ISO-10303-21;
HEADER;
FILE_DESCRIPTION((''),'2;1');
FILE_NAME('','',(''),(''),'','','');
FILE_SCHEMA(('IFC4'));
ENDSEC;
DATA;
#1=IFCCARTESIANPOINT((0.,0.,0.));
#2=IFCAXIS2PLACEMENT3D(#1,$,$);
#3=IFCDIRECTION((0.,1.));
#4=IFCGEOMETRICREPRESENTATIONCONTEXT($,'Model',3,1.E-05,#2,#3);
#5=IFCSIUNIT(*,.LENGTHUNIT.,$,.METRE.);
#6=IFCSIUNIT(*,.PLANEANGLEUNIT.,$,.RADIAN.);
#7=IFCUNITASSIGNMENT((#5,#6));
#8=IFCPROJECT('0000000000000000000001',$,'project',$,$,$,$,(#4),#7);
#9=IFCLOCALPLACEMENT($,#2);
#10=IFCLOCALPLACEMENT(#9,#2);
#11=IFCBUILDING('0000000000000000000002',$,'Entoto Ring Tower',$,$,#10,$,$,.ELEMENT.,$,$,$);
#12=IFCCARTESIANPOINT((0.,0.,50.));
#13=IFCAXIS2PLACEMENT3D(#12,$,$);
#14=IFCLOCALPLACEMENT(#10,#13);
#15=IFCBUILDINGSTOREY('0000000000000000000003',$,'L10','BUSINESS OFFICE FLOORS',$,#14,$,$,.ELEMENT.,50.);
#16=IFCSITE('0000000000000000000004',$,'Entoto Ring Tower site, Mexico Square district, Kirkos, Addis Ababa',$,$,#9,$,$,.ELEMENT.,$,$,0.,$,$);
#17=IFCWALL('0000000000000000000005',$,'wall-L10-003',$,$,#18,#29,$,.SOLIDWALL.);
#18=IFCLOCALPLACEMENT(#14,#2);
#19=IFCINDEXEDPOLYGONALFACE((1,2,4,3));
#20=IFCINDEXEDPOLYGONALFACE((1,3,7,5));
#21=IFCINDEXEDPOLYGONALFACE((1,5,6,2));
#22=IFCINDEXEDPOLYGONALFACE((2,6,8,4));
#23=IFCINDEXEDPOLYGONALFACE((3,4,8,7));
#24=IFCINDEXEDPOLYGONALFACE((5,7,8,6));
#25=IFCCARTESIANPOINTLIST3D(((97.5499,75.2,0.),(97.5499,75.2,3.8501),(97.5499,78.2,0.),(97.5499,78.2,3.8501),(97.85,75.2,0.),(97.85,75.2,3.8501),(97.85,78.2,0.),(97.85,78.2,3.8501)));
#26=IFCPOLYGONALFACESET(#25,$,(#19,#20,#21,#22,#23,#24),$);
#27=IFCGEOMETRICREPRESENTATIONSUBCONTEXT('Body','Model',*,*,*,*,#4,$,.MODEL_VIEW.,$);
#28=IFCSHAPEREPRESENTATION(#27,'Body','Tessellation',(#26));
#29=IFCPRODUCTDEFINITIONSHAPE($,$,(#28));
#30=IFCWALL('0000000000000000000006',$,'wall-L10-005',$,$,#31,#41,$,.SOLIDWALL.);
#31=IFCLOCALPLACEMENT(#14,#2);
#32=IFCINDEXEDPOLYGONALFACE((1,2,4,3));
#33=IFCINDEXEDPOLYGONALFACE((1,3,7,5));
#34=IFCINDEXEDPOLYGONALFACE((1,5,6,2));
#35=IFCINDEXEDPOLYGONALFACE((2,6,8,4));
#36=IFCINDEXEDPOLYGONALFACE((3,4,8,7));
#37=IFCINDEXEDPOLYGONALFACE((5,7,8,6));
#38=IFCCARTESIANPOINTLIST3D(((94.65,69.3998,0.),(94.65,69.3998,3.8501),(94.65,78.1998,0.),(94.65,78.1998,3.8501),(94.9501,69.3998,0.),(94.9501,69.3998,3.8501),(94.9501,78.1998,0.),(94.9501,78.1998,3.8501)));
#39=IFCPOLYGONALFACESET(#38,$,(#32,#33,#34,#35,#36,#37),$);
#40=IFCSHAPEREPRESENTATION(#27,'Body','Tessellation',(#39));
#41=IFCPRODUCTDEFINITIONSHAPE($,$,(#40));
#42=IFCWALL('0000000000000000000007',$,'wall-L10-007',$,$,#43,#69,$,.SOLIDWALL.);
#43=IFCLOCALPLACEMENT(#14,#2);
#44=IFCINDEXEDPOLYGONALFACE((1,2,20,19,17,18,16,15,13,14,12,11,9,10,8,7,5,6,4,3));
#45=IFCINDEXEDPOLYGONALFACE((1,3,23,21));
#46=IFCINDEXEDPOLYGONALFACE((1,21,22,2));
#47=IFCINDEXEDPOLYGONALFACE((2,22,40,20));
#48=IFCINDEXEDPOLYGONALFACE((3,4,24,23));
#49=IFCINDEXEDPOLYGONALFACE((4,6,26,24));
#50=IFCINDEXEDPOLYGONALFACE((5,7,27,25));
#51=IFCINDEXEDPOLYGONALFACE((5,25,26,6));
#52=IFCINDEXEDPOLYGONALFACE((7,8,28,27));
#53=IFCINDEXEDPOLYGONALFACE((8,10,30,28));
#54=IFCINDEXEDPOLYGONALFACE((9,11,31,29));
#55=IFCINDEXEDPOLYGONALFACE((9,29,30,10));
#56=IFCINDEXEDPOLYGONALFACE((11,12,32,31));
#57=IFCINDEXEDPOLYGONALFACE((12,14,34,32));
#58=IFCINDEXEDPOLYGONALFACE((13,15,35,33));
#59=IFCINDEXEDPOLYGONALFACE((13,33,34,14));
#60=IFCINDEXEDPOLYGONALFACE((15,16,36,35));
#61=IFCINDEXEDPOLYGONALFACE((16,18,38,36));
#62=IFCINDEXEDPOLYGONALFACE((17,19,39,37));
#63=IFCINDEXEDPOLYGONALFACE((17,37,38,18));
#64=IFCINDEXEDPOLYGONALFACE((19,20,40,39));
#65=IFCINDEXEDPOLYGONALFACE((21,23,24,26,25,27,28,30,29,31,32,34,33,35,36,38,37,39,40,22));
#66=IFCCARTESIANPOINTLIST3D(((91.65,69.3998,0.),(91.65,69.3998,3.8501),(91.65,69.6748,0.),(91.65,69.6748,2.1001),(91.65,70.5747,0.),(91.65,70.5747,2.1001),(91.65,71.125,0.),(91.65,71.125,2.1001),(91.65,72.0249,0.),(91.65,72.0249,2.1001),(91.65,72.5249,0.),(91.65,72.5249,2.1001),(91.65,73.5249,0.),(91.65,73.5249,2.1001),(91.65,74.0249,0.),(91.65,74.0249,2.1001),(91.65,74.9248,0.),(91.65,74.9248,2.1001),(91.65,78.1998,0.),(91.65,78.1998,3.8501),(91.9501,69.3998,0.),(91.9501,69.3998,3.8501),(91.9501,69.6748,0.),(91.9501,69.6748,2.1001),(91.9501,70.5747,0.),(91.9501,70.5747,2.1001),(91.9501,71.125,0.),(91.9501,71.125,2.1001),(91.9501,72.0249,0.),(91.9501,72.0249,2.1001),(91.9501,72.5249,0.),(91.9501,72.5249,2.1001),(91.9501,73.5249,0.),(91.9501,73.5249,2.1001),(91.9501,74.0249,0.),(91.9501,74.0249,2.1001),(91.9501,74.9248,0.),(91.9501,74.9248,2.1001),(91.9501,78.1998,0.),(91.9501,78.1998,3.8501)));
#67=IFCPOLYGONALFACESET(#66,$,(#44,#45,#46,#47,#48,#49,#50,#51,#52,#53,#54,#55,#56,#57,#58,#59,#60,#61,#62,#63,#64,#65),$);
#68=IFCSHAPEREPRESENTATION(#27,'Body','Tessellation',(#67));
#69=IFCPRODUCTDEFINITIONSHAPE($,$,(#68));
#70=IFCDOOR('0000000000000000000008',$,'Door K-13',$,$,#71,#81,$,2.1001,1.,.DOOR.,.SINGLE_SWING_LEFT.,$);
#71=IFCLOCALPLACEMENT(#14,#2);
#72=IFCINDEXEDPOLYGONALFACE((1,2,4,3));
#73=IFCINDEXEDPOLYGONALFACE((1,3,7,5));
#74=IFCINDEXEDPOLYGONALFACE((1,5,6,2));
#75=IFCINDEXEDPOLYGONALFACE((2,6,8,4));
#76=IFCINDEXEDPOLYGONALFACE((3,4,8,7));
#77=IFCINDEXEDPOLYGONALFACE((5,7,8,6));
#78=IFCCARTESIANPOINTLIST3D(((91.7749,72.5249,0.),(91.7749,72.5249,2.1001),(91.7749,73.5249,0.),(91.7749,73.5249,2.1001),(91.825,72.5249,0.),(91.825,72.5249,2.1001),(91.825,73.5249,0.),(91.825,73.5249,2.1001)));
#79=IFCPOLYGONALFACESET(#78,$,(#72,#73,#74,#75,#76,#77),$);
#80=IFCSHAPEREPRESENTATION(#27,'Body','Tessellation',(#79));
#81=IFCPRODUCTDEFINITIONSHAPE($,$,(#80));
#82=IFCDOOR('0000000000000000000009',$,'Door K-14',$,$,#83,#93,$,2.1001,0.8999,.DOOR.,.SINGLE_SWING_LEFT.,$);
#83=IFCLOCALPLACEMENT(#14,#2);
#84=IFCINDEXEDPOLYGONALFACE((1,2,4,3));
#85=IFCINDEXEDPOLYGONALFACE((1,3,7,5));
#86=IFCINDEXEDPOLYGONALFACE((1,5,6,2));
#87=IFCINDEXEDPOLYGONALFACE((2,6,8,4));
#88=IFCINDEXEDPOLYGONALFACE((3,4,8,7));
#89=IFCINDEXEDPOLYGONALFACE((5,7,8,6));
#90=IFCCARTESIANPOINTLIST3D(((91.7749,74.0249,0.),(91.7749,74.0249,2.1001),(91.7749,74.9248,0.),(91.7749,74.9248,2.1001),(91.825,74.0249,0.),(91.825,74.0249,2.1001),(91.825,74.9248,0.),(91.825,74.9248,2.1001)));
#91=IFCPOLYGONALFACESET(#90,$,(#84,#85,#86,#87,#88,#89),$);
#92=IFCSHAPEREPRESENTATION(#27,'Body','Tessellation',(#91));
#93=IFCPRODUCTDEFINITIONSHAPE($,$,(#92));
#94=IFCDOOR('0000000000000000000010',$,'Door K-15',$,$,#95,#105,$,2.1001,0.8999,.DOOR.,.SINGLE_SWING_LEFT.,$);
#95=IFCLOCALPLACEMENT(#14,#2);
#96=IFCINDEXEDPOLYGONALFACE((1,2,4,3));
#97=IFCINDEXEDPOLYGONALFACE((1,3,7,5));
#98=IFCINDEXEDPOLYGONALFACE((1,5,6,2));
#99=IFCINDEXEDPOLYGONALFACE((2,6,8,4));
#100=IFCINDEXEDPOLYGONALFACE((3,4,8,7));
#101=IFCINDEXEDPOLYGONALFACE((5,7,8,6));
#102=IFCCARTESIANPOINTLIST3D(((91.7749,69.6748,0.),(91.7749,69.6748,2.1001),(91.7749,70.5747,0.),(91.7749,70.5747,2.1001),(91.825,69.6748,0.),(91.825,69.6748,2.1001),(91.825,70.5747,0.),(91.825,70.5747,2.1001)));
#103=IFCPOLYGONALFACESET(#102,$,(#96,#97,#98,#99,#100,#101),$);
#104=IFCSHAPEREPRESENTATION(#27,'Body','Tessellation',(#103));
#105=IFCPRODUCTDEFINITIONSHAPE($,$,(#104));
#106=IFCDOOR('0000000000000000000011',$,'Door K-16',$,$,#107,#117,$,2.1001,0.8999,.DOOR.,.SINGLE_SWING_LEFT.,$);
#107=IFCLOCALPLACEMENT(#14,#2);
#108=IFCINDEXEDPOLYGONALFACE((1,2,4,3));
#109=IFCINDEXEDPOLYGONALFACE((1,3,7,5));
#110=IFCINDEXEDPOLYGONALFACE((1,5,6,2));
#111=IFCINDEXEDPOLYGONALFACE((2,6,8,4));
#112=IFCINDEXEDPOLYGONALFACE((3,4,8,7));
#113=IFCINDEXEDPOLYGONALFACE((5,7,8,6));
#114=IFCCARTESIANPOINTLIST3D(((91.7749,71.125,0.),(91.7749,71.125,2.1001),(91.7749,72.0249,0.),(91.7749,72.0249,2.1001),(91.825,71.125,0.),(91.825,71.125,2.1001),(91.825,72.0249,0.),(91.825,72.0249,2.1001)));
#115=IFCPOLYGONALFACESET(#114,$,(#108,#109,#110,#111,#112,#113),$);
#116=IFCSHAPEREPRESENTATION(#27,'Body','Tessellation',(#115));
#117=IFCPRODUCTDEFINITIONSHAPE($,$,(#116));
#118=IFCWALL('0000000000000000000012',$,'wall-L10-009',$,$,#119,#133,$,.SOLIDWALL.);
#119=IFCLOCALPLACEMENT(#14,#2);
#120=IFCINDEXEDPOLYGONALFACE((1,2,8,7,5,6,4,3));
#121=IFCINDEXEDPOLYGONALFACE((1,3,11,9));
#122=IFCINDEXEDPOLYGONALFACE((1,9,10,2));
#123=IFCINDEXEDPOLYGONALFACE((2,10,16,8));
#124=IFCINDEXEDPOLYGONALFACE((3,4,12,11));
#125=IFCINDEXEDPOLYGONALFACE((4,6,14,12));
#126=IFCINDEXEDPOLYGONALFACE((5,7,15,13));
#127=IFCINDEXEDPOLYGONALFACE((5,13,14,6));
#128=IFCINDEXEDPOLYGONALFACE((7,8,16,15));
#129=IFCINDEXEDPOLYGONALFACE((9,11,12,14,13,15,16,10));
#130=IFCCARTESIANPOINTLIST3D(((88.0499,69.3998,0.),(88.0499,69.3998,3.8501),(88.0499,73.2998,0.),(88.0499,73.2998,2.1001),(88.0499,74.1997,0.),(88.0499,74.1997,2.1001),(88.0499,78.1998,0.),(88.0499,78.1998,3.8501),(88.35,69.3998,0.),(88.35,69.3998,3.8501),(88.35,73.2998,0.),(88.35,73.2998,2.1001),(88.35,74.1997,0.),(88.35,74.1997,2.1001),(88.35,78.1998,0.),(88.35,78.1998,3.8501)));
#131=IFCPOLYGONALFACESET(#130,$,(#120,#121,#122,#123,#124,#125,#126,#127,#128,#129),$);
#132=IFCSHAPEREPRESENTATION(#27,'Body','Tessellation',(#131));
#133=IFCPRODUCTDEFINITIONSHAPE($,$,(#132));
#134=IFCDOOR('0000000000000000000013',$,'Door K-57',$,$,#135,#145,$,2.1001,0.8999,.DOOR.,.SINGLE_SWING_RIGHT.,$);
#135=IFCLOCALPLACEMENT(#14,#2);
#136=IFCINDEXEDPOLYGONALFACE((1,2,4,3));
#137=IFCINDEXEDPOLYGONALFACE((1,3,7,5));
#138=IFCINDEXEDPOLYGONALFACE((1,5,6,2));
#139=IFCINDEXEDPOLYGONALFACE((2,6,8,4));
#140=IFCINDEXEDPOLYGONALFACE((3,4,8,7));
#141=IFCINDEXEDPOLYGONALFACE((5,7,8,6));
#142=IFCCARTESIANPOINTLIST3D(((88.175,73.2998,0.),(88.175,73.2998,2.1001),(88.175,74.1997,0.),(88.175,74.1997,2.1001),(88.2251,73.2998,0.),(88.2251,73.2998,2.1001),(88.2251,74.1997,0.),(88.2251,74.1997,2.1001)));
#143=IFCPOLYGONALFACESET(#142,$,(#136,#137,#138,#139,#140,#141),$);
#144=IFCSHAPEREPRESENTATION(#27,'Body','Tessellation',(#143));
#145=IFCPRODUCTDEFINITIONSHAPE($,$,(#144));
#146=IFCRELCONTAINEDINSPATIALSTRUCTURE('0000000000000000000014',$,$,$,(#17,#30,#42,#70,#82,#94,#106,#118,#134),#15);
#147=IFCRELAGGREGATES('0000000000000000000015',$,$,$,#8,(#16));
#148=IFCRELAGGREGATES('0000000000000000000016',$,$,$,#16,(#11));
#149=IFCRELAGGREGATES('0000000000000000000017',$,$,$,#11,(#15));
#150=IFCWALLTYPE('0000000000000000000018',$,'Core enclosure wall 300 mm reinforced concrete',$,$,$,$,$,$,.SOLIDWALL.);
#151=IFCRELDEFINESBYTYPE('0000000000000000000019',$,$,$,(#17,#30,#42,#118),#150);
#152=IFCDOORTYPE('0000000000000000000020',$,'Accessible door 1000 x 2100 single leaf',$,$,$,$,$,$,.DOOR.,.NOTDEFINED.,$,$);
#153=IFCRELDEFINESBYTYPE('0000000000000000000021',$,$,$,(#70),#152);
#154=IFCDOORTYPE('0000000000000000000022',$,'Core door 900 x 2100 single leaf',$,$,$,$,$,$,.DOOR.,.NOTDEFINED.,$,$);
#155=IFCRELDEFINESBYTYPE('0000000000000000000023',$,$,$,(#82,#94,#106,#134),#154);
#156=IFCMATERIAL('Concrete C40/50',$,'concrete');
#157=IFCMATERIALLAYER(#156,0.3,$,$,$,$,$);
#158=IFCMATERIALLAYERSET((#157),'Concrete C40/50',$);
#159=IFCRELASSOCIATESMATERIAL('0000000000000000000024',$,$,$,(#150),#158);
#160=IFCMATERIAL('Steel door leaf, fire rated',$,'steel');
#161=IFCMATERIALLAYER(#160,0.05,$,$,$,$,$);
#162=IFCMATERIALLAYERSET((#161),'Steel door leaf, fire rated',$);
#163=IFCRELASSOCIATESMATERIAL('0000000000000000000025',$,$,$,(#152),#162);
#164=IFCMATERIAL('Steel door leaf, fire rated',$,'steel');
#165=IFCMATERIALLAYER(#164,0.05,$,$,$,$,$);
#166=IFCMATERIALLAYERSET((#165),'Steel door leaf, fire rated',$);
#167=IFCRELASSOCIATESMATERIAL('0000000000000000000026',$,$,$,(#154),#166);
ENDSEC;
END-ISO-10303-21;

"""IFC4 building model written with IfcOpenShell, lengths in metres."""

from ifc_helpers import new_model, si_unit, direction, frame, frame_2d, origin, place, context, subcontext, project, spatial, rectangle, extrude, material, layer, layer_set, type_object, element, fill, save


model = new_model("IFC4")

# Units and contexts
model_context = context("Model", 3, precision=1e-05, world=origin(), true_north=direction((0.0, 1.0)))
body_context = subcontext(model_context, "Body", "Model", "MODEL_VIEW")
ifc_project = project(units=[si_unit("LENGTHUNIT", "METRE"), si_unit("PLANEANGLEUNIT", "RADIAN")], contexts=[model_context])

# Site, building, storey
site_placement = place(None, origin())
site = spatial("IfcSite", under=ifc_project, at=site_placement, Name="Entoto Ring Tower site, Mexico Square district, Kirkos, Addis Ababa", CompositionType="ELEMENT", RefElevation=0.0)
building_placement = place(site_placement, origin())
building = spatial("IfcBuilding", under=site, at=building_placement, Name="Entoto Ring Tower", CompositionType="ELEMENT")
storey_placement = place(building_placement, frame((0.0, 0.0, 50.0)))
storey = spatial("IfcBuildingStorey", under=building, at=storey_placement, Name="L10", Description="BUSINESS OFFICE FLOORS", CompositionType="ELEMENT", Elevation=50.0)

# Walls
ifc_material_1 = material(Name="Concrete C40/50", Category="concrete")
ifc_layer_1 = layer(ifc_material_1, 0.3)
ifc_layer_set_1 = layer_set([ifc_layer_1], Name="Concrete C40/50")
wall_type = type_object("IfcWallType", Name="Core enclosure wall 300 mm reinforced concrete", PredefinedType="SOLIDWALL", material=ifc_layer_set_1)
wall_1_placement = place(storey_placement, frame((97.7, 75.2, 0.0), z_axis=(0.0, 0.0, 1.0), x_axis=(0.0, 1.0, 0.0)))
element("IfcWall", 1, at=wall_1_placement, inside=storey, type_object=wall_type, Name="wall-L10-003", PredefinedType="SOLIDWALL", context=body_context, shape_type="SweptSolid", body=[
    extrude(rectangle(XDim=3.0, YDim=0.3, at=frame_2d((1.5, 0.0))), origin(), (0.0, 0.0, 1.0), 3.8501),
])
wall_2_placement = place(storey_placement, frame((94.8, 69.3999, 0.0), z_axis=(0.0, 0.0, 1.0), x_axis=(0.0, 1.0, 0.0)))
element("IfcWall", 2, at=wall_2_placement, inside=storey, type_object=wall_type, Name="wall-L10-005", PredefinedType="SOLIDWALL", context=body_context, shape_type="SweptSolid", body=[
    extrude(rectangle(XDim=8.8, YDim=0.3, at=frame_2d((4.3999, 0.0))), origin(), (0.0, 0.0, 1.0), 3.8501),
])

# Wall, openings, doors
wall_3_placement = place(storey_placement, frame((91.8, 69.3999, 0.0), z_axis=(0.0, 0.0, 1.0), x_axis=(0.0, 1.0, 0.0)))
wall_3 = element("IfcWall", 3, at=wall_3_placement, inside=storey, type_object=wall_type, Name="wall-L10-007", PredefinedType="SOLIDWALL", context=body_context, shape_type="SweptSolid", body=[
    extrude(rectangle(XDim=8.8, YDim=0.3, at=frame_2d((4.3999, 0.0))), origin(), (0.0, 0.0, 1.0), 3.8501),
])
opening_1_placement = place(wall_3_placement, frame((3.125, 0.0, 0.0)))
opening_1 = element("IfcOpeningElement", 4, at=opening_1_placement, cuts=wall_3, PredefinedType="OPENING", context=body_context, shape_type="SweptSolid", body=[
    extrude(rectangle(XDim=1.0, YDim=2.1001, at=frame_2d((0.5, 1.05))), frame((0.0, 0.1602, 0.0), z_axis=(0.0, -1.0, 0.0), x_axis=(1.0, 0.0, 0.0)), (0.0, 0.0, 1.0), 0.3201),
])
opening_2_placement = place(wall_3_placement, frame((4.625, 0.0, 0.0)))
opening_2 = element("IfcOpeningElement", 5, at=opening_2_placement, cuts=wall_3, PredefinedType="OPENING", context=body_context, shape_type="SweptSolid", body=[
    extrude(rectangle(XDim=0.8999, YDim=2.1001, at=frame_2d((0.45, 1.05))), frame((0.0, 0.1602, 0.0), z_axis=(0.0, -1.0, 0.0), x_axis=(1.0, 0.0, 0.0)), (0.0, 0.0, 1.0), 0.3201),
])
opening_3_placement = place(wall_3_placement, frame((0.2749, 0.0, 0.0)))
opening_3 = element("IfcOpeningElement", 6, at=opening_3_placement, cuts=wall_3, PredefinedType="OPENING", context=body_context, shape_type="SweptSolid", body=[
    extrude(rectangle(XDim=0.8999, YDim=2.1001, at=frame_2d((0.45, 1.05))), frame((0.0, 0.1602, 0.0), z_axis=(0.0, -1.0, 0.0), x_axis=(1.0, 0.0, 0.0)), (0.0, 0.0, 1.0), 0.3201),
])
opening_4_placement = place(wall_3_placement, frame((1.7251, 0.0, 0.0)))
opening_4 = element("IfcOpeningElement", 7, at=opening_4_placement, cuts=wall_3, PredefinedType="OPENING", context=body_context, shape_type="SweptSolid", body=[
    extrude(rectangle(XDim=0.8999, YDim=2.1001, at=frame_2d((0.45, 1.05))), frame((0.0, 0.1602, 0.0), z_axis=(0.0, -1.0, 0.0), x_axis=(1.0, 0.0, 0.0)), (0.0, 0.0, 1.0), 0.3201),
])
ifc_material_2 = material(Name="Steel door leaf, fire rated", Category="steel")
ifc_layer_2 = layer(ifc_material_2, 0.05)
ifc_layer_set_2 = layer_set([ifc_layer_2], Name="Steel door leaf, fire rated")
door_type_1 = type_object("IfcDoorType", Name="Accessible door 1000 x 2100 single leaf", OperationType="NOTDEFINED", PredefinedType="DOOR", material=ifc_layer_set_2)
door_1_placement = place(opening_1_placement, frame((1.0, 0.0, 0.0), z_axis=(0.0, 0.0, 1.0), x_axis=(-1.0, 0.0, 0.0)))
door_1 = element("IfcDoor", 8, at=door_1_placement, inside=storey, type_object=door_type_1, Name="Door K-13", OperationType="SINGLE_SWING_LEFT", OverallHeight=2.1001, OverallWidth=1.0, PredefinedType="DOOR", context=body_context, shape_type="SweptSolid", body=[
    extrude(rectangle(XDim=1.0, YDim=2.1001, at=frame_2d((0.5, 1.05))), frame((0.0, 0.0249, 0.0), z_axis=(0.0, -1.0, 0.0), x_axis=(1.0, 0.0, 0.0)), (0.0, 0.0, 1.0), 0.05),
])
fill(opening_1, door_1)
ifc_material_3 = material(Name="Steel door leaf, fire rated", Category="steel")
ifc_layer_3 = layer(ifc_material_3, 0.05)
ifc_layer_set_3 = layer_set([ifc_layer_3], Name="Steel door leaf, fire rated")
door_type_2 = type_object("IfcDoorType", Name="Core door 900 x 2100 single leaf", OperationType="NOTDEFINED", PredefinedType="DOOR", material=ifc_layer_set_3)
door_2_placement = place(opening_2_placement, frame((0.8999, 0.0, 0.0), z_axis=(0.0, 0.0, 1.0), x_axis=(-1.0, 0.0, 0.0)))
door_2 = element("IfcDoor", 9, at=door_2_placement, inside=storey, type_object=door_type_2, Name="Door K-14", OperationType="SINGLE_SWING_LEFT", OverallHeight=2.1001, OverallWidth=0.8999, PredefinedType="DOOR", context=body_context, shape_type="SweptSolid", body=[
    extrude(rectangle(XDim=0.8999, YDim=2.1001, at=frame_2d((0.45, 1.05))), frame((0.0, 0.0249, 0.0), z_axis=(0.0, -1.0, 0.0), x_axis=(1.0, 0.0, 0.0)), (0.0, 0.0, 1.0), 0.05),
])
fill(opening_2, door_2)
door_3_placement = place(opening_3_placement, frame((0.8999, 0.0, 0.0), z_axis=(0.0, 0.0, 1.0), x_axis=(-1.0, 0.0, 0.0)))
door_3 = element("IfcDoor", 10, at=door_3_placement, inside=storey, type_object=door_type_2, Name="Door K-15", OperationType="SINGLE_SWING_LEFT", OverallHeight=2.1001, OverallWidth=0.8999, PredefinedType="DOOR", context=body_context, shape_type="SweptSolid", body=[
    extrude(rectangle(XDim=0.8999, YDim=2.1001, at=frame_2d((0.45, 1.05))), frame((0.0, 0.0249, 0.0), z_axis=(0.0, -1.0, 0.0), x_axis=(1.0, 0.0, 0.0)), (0.0, 0.0, 1.0), 0.05),
])
fill(opening_3, door_3)
door_4_placement = place(opening_4_placement, frame((0.8999, 0.0, 0.0), z_axis=(0.0, 0.0, 1.0), x_axis=(-1.0, 0.0, 0.0)))
door_4 = element("IfcDoor", 11, at=door_4_placement, inside=storey, type_object=door_type_2, Name="Door K-16", OperationType="SINGLE_SWING_LEFT", OverallHeight=2.1001, OverallWidth=0.8999, PredefinedType="DOOR", context=body_context, shape_type="SweptSolid", body=[
    extrude(rectangle(XDim=0.8999, YDim=2.1001, at=frame_2d((0.45, 1.05))), frame((0.0, 0.0249, 0.0), z_axis=(0.0, -1.0, 0.0), x_axis=(1.0, 0.0, 0.0)), (0.0, 0.0, 1.0), 0.05),
])
fill(opening_4, door_4)

# Wall, opening, door
wall_4_placement = place(storey_placement, frame((88.2, 69.3999, 0.0), z_axis=(0.0, 0.0, 1.0), x_axis=(0.0, 1.0, 0.0)))
wall_4 = element("IfcWall", 12, at=wall_4_placement, inside=storey, type_object=wall_type, Name="wall-L10-009", PredefinedType="SOLIDWALL", context=body_context, shape_type="SweptSolid", body=[
    extrude(rectangle(XDim=8.8, YDim=0.3, at=frame_2d((4.3999, 0.0))), origin(), (0.0, 0.0, 1.0), 3.8501),
])
opening_5_placement = place(wall_4_placement, frame((3.8999, 0.0, 0.0)))
opening_5 = element("IfcOpeningElement", 13, at=opening_5_placement, cuts=wall_4, PredefinedType="OPENING", context=body_context, shape_type="SweptSolid", body=[
    extrude(rectangle(XDim=0.8999, YDim=2.1001, at=frame_2d((0.45, 1.05))), frame((0.0, 0.1602, 0.0), z_axis=(0.0, -1.0, 0.0), x_axis=(1.0, 0.0, 0.0)), (0.0, 0.0, 1.0), 0.3201),
])
door_5_placement = place(opening_5_placement, origin())
door_5 = element("IfcDoor", 14, at=door_5_placement, inside=storey, type_object=door_type_2, Name="Door K-57", OperationType="SINGLE_SWING_RIGHT", OverallHeight=2.1001, OverallWidth=0.8999, PredefinedType="DOOR", context=body_context, shape_type="SweptSolid", body=[
    extrude(rectangle(XDim=0.8999, YDim=2.1001, at=frame_2d((0.45, 1.05))), frame((0.0, 0.0249, 0.0), z_axis=(0.0, -1.0, 0.0), x_axis=(1.0, 0.0, 0.0)), (0.0, 0.0, 1.0), 0.05),
])
fill(opening_5, door_5)

save(model, "model.ifc")
